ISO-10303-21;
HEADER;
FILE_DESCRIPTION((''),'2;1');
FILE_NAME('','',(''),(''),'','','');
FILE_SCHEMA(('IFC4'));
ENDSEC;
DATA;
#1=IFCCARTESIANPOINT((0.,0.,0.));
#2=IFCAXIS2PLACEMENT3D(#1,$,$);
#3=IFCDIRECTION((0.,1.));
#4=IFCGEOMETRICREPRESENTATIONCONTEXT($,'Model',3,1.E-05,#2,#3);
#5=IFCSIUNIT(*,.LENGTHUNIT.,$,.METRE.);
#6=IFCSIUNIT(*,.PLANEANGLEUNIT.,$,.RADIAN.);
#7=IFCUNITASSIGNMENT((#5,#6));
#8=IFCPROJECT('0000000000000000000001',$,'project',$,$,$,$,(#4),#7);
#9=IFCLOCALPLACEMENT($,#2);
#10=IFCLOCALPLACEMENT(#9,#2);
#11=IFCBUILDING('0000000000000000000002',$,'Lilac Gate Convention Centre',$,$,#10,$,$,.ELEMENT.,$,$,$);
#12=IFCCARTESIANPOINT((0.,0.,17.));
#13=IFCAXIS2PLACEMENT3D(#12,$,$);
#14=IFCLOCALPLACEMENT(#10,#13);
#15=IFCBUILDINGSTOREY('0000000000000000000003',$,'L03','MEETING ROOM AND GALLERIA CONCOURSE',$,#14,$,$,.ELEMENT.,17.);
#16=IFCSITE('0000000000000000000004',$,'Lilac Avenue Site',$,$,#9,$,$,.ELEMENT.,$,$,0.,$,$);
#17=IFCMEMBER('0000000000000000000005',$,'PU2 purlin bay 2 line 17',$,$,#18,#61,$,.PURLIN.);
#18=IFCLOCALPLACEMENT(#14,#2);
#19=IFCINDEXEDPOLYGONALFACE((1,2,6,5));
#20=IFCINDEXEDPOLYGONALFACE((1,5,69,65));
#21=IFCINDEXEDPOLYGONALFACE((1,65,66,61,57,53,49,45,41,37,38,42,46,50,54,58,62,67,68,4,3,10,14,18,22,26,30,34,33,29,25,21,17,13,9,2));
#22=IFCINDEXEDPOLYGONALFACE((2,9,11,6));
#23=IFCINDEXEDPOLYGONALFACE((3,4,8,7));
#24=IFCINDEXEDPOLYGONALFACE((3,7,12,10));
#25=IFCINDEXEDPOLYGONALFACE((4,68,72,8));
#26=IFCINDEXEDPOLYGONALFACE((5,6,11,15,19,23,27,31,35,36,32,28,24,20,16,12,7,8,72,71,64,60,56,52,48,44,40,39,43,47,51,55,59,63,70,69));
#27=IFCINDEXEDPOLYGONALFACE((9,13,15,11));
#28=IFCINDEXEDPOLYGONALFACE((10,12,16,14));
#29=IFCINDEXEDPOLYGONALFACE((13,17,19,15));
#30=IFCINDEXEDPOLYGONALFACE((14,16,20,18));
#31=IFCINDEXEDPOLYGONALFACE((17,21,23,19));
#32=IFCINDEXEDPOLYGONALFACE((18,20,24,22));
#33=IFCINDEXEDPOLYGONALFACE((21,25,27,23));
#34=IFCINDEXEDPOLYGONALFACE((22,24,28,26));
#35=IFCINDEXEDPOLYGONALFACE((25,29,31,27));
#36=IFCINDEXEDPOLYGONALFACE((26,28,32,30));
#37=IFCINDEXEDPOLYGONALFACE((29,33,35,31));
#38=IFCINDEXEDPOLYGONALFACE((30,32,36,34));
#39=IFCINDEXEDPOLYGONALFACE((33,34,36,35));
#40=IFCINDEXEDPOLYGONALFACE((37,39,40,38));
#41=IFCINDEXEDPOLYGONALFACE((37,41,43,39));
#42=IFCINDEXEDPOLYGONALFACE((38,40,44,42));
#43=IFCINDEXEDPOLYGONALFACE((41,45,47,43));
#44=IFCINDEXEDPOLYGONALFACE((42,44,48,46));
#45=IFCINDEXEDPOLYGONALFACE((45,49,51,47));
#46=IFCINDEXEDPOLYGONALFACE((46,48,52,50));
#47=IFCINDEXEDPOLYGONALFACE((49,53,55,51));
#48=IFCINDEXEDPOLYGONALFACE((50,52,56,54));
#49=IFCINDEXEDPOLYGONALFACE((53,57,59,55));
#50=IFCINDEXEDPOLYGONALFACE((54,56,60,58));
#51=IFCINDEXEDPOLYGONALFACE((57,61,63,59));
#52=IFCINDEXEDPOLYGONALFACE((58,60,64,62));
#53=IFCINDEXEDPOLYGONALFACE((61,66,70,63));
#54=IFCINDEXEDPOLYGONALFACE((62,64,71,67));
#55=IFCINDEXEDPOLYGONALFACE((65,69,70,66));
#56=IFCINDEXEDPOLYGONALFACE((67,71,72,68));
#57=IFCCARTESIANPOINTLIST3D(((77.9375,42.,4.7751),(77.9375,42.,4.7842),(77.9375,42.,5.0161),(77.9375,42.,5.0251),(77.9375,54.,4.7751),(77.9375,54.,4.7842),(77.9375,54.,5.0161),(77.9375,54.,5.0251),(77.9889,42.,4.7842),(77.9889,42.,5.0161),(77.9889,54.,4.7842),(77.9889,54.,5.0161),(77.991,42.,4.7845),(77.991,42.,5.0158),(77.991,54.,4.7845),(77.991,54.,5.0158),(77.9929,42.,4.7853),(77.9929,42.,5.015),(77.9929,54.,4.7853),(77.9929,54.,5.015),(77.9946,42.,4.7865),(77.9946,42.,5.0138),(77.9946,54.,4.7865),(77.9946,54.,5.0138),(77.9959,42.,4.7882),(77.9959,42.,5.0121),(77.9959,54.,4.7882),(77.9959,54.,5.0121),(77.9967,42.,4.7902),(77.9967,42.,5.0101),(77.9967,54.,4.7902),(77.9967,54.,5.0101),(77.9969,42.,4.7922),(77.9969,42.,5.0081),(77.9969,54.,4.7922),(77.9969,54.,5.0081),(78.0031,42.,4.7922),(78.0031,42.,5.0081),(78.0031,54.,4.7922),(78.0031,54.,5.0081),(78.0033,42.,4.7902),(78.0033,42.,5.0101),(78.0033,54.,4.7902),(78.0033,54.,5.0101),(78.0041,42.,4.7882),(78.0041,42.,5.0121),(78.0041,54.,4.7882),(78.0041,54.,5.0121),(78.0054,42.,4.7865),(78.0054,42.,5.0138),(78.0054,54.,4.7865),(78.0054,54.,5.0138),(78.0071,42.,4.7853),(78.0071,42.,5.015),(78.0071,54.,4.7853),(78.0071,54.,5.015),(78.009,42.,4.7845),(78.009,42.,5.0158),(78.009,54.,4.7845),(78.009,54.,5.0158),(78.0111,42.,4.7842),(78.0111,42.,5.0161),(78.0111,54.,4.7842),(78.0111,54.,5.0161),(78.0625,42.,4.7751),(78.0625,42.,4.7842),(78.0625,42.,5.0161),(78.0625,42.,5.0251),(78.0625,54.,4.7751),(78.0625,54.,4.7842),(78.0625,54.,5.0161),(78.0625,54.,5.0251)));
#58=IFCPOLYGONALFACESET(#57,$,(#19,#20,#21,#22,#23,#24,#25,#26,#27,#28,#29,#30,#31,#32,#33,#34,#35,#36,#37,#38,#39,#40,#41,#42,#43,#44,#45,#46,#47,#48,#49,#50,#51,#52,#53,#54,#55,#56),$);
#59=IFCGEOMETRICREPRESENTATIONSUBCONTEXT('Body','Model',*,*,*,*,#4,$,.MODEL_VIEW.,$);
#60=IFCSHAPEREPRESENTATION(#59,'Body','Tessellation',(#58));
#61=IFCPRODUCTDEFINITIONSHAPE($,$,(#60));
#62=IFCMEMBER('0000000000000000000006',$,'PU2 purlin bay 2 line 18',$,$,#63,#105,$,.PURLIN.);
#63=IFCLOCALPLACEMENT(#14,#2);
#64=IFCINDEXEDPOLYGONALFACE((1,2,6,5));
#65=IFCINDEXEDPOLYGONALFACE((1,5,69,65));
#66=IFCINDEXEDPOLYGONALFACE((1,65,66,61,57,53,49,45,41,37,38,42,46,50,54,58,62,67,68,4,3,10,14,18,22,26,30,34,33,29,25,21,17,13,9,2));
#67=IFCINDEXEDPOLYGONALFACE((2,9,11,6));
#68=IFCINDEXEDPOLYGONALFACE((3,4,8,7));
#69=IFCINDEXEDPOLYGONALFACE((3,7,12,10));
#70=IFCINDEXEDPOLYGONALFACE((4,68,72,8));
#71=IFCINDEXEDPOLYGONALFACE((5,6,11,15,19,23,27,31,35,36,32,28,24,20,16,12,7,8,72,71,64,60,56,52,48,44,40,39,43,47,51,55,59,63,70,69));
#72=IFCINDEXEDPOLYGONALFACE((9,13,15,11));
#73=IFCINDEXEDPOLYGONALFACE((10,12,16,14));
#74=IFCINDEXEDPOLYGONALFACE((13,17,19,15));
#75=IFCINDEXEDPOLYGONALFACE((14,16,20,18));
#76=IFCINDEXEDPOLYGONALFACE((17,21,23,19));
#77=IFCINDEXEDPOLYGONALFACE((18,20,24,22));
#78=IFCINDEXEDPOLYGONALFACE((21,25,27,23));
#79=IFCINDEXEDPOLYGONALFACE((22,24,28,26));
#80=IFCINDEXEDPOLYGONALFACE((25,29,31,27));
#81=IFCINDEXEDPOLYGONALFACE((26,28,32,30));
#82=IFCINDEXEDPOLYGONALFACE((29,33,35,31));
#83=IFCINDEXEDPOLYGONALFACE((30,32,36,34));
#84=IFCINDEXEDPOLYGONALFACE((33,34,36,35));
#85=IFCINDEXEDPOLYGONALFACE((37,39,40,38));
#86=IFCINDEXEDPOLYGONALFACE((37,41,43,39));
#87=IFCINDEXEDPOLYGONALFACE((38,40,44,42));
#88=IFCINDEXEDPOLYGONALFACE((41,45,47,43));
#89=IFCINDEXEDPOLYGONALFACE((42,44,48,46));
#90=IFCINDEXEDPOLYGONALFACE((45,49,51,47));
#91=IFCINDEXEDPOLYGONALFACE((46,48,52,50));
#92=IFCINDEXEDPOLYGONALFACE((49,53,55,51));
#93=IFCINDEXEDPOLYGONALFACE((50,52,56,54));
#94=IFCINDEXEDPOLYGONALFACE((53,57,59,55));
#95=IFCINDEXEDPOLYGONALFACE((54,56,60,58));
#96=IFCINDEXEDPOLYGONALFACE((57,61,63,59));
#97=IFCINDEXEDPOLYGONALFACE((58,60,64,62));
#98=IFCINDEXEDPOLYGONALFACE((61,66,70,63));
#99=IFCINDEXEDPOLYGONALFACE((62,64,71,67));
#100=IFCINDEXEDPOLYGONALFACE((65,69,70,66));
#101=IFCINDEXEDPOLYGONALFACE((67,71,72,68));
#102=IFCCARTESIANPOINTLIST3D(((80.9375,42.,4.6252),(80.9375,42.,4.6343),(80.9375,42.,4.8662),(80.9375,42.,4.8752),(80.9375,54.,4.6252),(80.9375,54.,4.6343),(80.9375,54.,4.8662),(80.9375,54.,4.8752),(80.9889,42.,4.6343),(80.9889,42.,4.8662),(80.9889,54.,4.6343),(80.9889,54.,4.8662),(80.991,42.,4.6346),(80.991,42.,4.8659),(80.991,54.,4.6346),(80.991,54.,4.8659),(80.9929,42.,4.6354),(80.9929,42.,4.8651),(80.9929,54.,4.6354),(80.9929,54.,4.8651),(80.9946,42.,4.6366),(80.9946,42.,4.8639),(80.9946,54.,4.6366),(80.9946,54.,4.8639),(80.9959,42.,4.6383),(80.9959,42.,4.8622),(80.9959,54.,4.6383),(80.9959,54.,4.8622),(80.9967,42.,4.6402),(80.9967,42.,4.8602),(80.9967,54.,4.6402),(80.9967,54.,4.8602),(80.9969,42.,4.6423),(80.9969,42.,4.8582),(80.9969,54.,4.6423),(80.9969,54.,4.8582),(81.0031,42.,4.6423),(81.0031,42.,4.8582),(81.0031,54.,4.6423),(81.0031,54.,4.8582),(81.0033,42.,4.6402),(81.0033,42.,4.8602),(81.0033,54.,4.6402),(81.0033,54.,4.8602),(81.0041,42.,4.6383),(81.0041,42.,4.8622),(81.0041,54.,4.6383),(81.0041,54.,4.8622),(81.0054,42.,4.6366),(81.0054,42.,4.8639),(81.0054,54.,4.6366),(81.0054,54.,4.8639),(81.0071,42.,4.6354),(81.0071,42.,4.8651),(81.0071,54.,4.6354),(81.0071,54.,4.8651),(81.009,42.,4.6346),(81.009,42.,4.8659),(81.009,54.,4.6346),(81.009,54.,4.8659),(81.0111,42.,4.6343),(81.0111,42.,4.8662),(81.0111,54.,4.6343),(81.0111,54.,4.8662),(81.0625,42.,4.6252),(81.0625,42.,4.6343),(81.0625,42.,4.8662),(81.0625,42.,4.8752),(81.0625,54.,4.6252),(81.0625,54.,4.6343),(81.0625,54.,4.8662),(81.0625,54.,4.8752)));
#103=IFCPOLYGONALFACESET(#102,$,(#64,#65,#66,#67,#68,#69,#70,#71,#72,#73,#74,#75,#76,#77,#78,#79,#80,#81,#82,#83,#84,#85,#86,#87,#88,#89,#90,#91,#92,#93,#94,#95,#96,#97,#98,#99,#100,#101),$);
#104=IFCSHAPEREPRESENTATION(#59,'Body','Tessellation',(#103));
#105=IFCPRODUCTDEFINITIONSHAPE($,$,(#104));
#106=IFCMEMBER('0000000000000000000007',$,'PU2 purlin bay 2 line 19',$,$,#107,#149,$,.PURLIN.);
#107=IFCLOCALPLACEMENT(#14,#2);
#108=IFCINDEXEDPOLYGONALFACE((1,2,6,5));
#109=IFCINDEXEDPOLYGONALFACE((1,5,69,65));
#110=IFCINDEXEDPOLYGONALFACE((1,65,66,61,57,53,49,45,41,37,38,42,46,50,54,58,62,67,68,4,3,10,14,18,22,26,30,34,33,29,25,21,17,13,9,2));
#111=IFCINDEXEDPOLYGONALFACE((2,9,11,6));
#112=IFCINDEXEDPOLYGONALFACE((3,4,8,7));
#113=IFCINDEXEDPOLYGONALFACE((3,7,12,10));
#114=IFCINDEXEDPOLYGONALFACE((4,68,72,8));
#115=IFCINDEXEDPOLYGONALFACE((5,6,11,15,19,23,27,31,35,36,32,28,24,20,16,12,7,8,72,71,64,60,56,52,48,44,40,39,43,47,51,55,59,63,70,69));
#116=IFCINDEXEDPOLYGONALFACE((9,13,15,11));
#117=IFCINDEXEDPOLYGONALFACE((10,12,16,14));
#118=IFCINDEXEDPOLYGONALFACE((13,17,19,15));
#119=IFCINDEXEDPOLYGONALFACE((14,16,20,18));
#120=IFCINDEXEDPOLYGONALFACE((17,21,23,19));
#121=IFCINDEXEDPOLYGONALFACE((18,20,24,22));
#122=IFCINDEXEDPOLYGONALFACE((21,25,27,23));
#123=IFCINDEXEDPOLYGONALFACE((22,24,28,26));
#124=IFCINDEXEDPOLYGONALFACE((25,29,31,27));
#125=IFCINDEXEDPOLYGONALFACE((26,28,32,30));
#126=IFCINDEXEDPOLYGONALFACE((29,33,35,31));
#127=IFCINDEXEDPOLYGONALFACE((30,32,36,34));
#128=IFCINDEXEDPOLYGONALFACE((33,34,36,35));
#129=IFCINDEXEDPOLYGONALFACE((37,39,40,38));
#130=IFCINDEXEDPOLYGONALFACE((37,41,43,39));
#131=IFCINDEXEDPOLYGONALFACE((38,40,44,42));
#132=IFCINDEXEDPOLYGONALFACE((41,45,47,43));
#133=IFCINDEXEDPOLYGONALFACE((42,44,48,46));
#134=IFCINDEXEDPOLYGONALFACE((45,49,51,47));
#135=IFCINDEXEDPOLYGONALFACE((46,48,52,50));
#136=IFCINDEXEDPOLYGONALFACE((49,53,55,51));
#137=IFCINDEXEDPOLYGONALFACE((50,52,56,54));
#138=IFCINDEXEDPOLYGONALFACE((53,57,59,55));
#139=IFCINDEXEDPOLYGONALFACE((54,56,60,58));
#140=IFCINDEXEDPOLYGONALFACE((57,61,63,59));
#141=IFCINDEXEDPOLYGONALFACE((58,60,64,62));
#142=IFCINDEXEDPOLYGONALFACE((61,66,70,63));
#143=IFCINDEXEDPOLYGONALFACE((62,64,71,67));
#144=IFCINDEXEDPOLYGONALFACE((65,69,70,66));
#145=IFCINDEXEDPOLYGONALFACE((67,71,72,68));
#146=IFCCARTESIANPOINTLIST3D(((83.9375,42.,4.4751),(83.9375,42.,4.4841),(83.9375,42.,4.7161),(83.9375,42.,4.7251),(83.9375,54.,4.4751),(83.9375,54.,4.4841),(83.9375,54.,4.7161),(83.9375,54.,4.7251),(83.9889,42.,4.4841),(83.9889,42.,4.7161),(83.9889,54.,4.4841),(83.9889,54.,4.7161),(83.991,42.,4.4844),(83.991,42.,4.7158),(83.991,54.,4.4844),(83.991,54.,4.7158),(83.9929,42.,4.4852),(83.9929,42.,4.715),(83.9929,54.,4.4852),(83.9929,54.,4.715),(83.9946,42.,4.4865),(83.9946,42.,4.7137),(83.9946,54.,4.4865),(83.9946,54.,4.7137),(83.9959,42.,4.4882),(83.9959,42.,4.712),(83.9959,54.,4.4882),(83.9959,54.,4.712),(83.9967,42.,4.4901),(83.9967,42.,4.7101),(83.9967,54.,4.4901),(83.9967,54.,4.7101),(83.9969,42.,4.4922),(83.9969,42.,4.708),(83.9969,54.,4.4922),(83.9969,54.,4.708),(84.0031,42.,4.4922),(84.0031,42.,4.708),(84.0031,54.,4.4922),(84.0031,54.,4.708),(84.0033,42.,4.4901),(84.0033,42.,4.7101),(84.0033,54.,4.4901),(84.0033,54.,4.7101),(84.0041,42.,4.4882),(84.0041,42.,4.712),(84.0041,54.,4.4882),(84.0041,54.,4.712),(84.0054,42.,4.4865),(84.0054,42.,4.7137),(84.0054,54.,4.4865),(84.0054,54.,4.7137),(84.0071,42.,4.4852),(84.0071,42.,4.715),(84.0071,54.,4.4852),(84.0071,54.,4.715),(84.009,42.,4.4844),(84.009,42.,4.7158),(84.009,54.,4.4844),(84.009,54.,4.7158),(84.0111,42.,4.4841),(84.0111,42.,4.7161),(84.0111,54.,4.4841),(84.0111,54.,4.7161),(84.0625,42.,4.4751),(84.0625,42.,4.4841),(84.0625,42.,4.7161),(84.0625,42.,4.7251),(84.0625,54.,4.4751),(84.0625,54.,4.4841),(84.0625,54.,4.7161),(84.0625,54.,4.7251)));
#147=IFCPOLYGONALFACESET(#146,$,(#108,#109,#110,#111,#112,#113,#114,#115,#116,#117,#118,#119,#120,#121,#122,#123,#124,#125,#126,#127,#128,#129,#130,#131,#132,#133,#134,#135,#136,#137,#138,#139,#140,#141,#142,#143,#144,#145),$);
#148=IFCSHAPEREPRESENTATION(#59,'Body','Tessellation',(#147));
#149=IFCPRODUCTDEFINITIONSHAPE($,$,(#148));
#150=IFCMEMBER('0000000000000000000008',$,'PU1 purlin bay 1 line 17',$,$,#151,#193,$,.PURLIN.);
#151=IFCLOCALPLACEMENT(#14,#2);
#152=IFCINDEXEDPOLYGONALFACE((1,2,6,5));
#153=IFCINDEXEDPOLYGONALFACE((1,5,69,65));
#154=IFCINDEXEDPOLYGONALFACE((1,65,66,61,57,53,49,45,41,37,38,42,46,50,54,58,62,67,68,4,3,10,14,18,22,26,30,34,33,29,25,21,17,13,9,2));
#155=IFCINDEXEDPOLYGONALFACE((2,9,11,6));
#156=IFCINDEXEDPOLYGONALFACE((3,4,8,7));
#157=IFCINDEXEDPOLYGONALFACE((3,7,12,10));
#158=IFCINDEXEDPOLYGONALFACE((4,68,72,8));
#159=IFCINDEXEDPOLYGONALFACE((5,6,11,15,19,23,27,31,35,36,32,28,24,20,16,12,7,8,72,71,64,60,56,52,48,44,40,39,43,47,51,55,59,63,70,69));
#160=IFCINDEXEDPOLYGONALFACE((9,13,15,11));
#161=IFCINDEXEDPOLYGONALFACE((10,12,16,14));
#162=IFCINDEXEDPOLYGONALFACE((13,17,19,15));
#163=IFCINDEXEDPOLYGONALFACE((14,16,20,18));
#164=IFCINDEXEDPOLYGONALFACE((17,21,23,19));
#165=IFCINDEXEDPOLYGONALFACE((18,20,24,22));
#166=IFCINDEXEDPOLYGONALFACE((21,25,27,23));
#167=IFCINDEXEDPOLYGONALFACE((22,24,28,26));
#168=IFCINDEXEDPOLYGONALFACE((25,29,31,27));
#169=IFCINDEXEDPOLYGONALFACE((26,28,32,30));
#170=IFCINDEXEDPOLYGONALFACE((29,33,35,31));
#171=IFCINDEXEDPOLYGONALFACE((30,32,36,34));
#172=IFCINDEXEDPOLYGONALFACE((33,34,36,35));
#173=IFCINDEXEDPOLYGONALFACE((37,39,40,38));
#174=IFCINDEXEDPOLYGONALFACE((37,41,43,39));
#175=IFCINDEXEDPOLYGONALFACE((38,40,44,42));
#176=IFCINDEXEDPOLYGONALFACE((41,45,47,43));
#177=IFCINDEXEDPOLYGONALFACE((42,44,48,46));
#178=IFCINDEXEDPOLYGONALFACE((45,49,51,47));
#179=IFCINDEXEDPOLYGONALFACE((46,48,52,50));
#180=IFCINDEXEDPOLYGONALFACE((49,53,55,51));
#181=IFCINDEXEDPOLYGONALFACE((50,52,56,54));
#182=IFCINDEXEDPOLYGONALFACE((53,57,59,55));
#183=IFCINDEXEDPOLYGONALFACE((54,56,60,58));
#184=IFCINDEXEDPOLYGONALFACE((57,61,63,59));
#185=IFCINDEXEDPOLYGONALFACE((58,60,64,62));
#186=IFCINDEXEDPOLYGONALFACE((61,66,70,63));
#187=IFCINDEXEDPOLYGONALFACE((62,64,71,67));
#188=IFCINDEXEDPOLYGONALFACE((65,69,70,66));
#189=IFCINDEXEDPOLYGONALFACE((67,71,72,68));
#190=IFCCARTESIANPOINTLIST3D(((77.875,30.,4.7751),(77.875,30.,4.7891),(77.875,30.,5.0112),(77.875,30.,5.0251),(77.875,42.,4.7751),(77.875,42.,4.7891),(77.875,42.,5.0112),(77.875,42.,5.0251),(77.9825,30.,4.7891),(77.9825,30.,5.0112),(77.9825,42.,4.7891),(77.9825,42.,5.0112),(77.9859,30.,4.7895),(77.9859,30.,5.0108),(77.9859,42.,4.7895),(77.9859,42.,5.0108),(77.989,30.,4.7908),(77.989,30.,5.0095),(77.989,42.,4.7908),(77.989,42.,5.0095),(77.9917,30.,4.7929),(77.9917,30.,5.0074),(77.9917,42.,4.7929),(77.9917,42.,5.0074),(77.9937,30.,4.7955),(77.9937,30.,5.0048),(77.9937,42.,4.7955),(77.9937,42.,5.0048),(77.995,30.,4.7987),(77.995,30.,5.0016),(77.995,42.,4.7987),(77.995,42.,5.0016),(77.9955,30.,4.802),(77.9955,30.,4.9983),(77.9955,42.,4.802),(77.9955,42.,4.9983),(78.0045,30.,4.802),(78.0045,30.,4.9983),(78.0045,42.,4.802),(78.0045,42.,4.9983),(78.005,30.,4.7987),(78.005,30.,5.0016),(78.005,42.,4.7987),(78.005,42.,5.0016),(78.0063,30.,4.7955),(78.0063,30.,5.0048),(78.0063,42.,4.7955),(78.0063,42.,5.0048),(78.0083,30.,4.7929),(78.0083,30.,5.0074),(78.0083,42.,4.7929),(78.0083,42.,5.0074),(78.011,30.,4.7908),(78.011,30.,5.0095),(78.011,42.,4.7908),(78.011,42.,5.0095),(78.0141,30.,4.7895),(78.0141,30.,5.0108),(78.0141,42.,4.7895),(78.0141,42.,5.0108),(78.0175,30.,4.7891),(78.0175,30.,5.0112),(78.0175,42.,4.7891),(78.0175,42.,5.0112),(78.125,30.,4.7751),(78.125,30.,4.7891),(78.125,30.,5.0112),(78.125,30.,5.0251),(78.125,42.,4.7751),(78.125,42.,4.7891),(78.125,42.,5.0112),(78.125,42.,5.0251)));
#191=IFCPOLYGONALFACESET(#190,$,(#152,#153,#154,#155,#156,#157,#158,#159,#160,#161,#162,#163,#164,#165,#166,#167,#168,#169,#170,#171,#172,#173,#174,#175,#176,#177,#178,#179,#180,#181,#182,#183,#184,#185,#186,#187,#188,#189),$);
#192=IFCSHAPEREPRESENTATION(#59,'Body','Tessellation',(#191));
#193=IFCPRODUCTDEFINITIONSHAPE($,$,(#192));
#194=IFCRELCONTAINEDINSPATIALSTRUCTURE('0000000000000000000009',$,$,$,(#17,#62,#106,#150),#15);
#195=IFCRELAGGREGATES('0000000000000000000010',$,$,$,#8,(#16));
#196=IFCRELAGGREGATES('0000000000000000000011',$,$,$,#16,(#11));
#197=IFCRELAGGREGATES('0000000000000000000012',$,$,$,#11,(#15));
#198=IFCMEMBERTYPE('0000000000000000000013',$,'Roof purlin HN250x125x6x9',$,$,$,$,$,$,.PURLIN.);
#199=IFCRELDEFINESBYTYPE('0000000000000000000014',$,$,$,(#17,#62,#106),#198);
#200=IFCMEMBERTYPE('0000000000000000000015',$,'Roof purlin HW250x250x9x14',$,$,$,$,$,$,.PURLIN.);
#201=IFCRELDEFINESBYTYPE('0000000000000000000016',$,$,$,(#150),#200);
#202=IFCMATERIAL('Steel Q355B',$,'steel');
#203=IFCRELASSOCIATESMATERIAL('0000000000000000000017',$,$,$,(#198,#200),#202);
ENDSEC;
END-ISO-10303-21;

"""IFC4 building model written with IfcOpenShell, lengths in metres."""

from ifc_helpers import new_model, si_unit, direction, frame, origin, origin_2d, place, context, subcontext, project, spatial, i_section, extrude, material, material_profile, profile_set, type_object, element, save


model = new_model("IFC4")

# Units and contexts
model_context = context("Model", 3, precision=1e-05, world=origin(), true_north=direction((0.0, 1.0)))
body_context = subcontext(model_context, "Body", "Model", "MODEL_VIEW")
ifc_project = project(units=[si_unit("LENGTHUNIT", "METRE"), si_unit("PLANEANGLEUNIT", "RADIAN")], contexts=[model_context])

# Site, building, storey
site_placement = place(None, origin())
site = spatial("IfcSite", under=ifc_project, at=site_placement, Name="Lilac Avenue Site", CompositionType="ELEMENT", RefElevation=0.0)
building_placement = place(site_placement, origin())
building = spatial("IfcBuilding", under=site, at=building_placement, Name="Lilac Gate Convention Centre", CompositionType="ELEMENT")
storey_placement = place(building_placement, frame((0.0, 0.0, 17.0)))
storey = spatial("IfcBuildingStorey", under=building, at=storey_placement, Name="L03", Description="MEETING ROOM AND GALLERIA CONCOURSE", CompositionType="ELEMENT", Elevation=17.0)

# Members
ifc_material = material(Name="Steel Q355B", Category="steel")
ifc_material_profile_1 = material_profile(ifc_material, i_section(OverallWidth=0.125, OverallDepth=0.25, WebThickness=0.0061, FlangeThickness=0.009, FilletRadius=0.0081, at=origin_2d()), Name="HN250x125x6x9")
ifc_profile_set_1 = profile_set([ifc_material_profile_1], Name="Steel Q355B")
member_type_1 = type_object("IfcMemberType", Name="Roof purlin HN250x125x6x9", PredefinedType="PURLIN", material=ifc_profile_set_1)
for number, where, z_axis, x_axis, name in (
    (1, (78.0, 42.0, 4.9001), (0.0, 1.0, 0.0), (-1.0, 0.0, 0.0), "PU2 purlin bay 2 line 17"),
    (2, (81.0, 42.0, 4.7502), (0.0, 1.0, 0.0), (-1.0, 0.0, 0.0), "PU2 purlin bay 2 line 18"),
    (3, (84.0, 42.0, 4.6001), (0.0, 1.0, 0.0), (-1.0, 0.0, 0.0), "PU2 purlin bay 2 line 19"),
):
    element("IfcMember", number, at=place(storey_placement, frame(where, z_axis=z_axis, x_axis=x_axis)), inside=storey, type_object=member_type_1, Name=name, PredefinedType="PURLIN", context=body_context, shape_type="SweptSolid", body=[
        extrude(i_section(OverallWidth=0.125, OverallDepth=0.25, WebThickness=0.0061, FlangeThickness=0.009, FilletRadius=0.0081, at=origin_2d()), origin(), (0.0, 0.0, 1.0), 12.0),
    ])
ifc_material_profile_2 = material_profile(ifc_material, i_section(OverallWidth=0.25, OverallDepth=0.25, WebThickness=0.009, FlangeThickness=0.0139, FilletRadius=0.0129, at=origin_2d()), Name="HW250x250x9x14")
ifc_profile_set_2 = profile_set([ifc_material_profile_2], Name="Steel Q355B")
member_type_2 = type_object("IfcMemberType", Name="Roof purlin HW250x250x9x14", PredefinedType="PURLIN", material=ifc_profile_set_2)
for number, where, z_axis, x_axis, name in (
    (4, (78.0, 30.0, 4.9001), (0.0, 1.0, 0.0), (-1.0, 0.0, 0.0), "PU1 purlin bay 1 line 17"),
):
    element("IfcMember", number, at=place(storey_placement, frame(where, z_axis=z_axis, x_axis=x_axis)), inside=storey, type_object=member_type_2, Name=name, PredefinedType="PURLIN", context=body_context, shape_type="SweptSolid", body=[
        extrude(i_section(OverallWidth=0.25, OverallDepth=0.25, WebThickness=0.009, FlangeThickness=0.0139, FilletRadius=0.0129, at=origin_2d()), origin(), (0.0, 0.0, 1.0), 12.0),
    ])

save(model, "model.ifc")
